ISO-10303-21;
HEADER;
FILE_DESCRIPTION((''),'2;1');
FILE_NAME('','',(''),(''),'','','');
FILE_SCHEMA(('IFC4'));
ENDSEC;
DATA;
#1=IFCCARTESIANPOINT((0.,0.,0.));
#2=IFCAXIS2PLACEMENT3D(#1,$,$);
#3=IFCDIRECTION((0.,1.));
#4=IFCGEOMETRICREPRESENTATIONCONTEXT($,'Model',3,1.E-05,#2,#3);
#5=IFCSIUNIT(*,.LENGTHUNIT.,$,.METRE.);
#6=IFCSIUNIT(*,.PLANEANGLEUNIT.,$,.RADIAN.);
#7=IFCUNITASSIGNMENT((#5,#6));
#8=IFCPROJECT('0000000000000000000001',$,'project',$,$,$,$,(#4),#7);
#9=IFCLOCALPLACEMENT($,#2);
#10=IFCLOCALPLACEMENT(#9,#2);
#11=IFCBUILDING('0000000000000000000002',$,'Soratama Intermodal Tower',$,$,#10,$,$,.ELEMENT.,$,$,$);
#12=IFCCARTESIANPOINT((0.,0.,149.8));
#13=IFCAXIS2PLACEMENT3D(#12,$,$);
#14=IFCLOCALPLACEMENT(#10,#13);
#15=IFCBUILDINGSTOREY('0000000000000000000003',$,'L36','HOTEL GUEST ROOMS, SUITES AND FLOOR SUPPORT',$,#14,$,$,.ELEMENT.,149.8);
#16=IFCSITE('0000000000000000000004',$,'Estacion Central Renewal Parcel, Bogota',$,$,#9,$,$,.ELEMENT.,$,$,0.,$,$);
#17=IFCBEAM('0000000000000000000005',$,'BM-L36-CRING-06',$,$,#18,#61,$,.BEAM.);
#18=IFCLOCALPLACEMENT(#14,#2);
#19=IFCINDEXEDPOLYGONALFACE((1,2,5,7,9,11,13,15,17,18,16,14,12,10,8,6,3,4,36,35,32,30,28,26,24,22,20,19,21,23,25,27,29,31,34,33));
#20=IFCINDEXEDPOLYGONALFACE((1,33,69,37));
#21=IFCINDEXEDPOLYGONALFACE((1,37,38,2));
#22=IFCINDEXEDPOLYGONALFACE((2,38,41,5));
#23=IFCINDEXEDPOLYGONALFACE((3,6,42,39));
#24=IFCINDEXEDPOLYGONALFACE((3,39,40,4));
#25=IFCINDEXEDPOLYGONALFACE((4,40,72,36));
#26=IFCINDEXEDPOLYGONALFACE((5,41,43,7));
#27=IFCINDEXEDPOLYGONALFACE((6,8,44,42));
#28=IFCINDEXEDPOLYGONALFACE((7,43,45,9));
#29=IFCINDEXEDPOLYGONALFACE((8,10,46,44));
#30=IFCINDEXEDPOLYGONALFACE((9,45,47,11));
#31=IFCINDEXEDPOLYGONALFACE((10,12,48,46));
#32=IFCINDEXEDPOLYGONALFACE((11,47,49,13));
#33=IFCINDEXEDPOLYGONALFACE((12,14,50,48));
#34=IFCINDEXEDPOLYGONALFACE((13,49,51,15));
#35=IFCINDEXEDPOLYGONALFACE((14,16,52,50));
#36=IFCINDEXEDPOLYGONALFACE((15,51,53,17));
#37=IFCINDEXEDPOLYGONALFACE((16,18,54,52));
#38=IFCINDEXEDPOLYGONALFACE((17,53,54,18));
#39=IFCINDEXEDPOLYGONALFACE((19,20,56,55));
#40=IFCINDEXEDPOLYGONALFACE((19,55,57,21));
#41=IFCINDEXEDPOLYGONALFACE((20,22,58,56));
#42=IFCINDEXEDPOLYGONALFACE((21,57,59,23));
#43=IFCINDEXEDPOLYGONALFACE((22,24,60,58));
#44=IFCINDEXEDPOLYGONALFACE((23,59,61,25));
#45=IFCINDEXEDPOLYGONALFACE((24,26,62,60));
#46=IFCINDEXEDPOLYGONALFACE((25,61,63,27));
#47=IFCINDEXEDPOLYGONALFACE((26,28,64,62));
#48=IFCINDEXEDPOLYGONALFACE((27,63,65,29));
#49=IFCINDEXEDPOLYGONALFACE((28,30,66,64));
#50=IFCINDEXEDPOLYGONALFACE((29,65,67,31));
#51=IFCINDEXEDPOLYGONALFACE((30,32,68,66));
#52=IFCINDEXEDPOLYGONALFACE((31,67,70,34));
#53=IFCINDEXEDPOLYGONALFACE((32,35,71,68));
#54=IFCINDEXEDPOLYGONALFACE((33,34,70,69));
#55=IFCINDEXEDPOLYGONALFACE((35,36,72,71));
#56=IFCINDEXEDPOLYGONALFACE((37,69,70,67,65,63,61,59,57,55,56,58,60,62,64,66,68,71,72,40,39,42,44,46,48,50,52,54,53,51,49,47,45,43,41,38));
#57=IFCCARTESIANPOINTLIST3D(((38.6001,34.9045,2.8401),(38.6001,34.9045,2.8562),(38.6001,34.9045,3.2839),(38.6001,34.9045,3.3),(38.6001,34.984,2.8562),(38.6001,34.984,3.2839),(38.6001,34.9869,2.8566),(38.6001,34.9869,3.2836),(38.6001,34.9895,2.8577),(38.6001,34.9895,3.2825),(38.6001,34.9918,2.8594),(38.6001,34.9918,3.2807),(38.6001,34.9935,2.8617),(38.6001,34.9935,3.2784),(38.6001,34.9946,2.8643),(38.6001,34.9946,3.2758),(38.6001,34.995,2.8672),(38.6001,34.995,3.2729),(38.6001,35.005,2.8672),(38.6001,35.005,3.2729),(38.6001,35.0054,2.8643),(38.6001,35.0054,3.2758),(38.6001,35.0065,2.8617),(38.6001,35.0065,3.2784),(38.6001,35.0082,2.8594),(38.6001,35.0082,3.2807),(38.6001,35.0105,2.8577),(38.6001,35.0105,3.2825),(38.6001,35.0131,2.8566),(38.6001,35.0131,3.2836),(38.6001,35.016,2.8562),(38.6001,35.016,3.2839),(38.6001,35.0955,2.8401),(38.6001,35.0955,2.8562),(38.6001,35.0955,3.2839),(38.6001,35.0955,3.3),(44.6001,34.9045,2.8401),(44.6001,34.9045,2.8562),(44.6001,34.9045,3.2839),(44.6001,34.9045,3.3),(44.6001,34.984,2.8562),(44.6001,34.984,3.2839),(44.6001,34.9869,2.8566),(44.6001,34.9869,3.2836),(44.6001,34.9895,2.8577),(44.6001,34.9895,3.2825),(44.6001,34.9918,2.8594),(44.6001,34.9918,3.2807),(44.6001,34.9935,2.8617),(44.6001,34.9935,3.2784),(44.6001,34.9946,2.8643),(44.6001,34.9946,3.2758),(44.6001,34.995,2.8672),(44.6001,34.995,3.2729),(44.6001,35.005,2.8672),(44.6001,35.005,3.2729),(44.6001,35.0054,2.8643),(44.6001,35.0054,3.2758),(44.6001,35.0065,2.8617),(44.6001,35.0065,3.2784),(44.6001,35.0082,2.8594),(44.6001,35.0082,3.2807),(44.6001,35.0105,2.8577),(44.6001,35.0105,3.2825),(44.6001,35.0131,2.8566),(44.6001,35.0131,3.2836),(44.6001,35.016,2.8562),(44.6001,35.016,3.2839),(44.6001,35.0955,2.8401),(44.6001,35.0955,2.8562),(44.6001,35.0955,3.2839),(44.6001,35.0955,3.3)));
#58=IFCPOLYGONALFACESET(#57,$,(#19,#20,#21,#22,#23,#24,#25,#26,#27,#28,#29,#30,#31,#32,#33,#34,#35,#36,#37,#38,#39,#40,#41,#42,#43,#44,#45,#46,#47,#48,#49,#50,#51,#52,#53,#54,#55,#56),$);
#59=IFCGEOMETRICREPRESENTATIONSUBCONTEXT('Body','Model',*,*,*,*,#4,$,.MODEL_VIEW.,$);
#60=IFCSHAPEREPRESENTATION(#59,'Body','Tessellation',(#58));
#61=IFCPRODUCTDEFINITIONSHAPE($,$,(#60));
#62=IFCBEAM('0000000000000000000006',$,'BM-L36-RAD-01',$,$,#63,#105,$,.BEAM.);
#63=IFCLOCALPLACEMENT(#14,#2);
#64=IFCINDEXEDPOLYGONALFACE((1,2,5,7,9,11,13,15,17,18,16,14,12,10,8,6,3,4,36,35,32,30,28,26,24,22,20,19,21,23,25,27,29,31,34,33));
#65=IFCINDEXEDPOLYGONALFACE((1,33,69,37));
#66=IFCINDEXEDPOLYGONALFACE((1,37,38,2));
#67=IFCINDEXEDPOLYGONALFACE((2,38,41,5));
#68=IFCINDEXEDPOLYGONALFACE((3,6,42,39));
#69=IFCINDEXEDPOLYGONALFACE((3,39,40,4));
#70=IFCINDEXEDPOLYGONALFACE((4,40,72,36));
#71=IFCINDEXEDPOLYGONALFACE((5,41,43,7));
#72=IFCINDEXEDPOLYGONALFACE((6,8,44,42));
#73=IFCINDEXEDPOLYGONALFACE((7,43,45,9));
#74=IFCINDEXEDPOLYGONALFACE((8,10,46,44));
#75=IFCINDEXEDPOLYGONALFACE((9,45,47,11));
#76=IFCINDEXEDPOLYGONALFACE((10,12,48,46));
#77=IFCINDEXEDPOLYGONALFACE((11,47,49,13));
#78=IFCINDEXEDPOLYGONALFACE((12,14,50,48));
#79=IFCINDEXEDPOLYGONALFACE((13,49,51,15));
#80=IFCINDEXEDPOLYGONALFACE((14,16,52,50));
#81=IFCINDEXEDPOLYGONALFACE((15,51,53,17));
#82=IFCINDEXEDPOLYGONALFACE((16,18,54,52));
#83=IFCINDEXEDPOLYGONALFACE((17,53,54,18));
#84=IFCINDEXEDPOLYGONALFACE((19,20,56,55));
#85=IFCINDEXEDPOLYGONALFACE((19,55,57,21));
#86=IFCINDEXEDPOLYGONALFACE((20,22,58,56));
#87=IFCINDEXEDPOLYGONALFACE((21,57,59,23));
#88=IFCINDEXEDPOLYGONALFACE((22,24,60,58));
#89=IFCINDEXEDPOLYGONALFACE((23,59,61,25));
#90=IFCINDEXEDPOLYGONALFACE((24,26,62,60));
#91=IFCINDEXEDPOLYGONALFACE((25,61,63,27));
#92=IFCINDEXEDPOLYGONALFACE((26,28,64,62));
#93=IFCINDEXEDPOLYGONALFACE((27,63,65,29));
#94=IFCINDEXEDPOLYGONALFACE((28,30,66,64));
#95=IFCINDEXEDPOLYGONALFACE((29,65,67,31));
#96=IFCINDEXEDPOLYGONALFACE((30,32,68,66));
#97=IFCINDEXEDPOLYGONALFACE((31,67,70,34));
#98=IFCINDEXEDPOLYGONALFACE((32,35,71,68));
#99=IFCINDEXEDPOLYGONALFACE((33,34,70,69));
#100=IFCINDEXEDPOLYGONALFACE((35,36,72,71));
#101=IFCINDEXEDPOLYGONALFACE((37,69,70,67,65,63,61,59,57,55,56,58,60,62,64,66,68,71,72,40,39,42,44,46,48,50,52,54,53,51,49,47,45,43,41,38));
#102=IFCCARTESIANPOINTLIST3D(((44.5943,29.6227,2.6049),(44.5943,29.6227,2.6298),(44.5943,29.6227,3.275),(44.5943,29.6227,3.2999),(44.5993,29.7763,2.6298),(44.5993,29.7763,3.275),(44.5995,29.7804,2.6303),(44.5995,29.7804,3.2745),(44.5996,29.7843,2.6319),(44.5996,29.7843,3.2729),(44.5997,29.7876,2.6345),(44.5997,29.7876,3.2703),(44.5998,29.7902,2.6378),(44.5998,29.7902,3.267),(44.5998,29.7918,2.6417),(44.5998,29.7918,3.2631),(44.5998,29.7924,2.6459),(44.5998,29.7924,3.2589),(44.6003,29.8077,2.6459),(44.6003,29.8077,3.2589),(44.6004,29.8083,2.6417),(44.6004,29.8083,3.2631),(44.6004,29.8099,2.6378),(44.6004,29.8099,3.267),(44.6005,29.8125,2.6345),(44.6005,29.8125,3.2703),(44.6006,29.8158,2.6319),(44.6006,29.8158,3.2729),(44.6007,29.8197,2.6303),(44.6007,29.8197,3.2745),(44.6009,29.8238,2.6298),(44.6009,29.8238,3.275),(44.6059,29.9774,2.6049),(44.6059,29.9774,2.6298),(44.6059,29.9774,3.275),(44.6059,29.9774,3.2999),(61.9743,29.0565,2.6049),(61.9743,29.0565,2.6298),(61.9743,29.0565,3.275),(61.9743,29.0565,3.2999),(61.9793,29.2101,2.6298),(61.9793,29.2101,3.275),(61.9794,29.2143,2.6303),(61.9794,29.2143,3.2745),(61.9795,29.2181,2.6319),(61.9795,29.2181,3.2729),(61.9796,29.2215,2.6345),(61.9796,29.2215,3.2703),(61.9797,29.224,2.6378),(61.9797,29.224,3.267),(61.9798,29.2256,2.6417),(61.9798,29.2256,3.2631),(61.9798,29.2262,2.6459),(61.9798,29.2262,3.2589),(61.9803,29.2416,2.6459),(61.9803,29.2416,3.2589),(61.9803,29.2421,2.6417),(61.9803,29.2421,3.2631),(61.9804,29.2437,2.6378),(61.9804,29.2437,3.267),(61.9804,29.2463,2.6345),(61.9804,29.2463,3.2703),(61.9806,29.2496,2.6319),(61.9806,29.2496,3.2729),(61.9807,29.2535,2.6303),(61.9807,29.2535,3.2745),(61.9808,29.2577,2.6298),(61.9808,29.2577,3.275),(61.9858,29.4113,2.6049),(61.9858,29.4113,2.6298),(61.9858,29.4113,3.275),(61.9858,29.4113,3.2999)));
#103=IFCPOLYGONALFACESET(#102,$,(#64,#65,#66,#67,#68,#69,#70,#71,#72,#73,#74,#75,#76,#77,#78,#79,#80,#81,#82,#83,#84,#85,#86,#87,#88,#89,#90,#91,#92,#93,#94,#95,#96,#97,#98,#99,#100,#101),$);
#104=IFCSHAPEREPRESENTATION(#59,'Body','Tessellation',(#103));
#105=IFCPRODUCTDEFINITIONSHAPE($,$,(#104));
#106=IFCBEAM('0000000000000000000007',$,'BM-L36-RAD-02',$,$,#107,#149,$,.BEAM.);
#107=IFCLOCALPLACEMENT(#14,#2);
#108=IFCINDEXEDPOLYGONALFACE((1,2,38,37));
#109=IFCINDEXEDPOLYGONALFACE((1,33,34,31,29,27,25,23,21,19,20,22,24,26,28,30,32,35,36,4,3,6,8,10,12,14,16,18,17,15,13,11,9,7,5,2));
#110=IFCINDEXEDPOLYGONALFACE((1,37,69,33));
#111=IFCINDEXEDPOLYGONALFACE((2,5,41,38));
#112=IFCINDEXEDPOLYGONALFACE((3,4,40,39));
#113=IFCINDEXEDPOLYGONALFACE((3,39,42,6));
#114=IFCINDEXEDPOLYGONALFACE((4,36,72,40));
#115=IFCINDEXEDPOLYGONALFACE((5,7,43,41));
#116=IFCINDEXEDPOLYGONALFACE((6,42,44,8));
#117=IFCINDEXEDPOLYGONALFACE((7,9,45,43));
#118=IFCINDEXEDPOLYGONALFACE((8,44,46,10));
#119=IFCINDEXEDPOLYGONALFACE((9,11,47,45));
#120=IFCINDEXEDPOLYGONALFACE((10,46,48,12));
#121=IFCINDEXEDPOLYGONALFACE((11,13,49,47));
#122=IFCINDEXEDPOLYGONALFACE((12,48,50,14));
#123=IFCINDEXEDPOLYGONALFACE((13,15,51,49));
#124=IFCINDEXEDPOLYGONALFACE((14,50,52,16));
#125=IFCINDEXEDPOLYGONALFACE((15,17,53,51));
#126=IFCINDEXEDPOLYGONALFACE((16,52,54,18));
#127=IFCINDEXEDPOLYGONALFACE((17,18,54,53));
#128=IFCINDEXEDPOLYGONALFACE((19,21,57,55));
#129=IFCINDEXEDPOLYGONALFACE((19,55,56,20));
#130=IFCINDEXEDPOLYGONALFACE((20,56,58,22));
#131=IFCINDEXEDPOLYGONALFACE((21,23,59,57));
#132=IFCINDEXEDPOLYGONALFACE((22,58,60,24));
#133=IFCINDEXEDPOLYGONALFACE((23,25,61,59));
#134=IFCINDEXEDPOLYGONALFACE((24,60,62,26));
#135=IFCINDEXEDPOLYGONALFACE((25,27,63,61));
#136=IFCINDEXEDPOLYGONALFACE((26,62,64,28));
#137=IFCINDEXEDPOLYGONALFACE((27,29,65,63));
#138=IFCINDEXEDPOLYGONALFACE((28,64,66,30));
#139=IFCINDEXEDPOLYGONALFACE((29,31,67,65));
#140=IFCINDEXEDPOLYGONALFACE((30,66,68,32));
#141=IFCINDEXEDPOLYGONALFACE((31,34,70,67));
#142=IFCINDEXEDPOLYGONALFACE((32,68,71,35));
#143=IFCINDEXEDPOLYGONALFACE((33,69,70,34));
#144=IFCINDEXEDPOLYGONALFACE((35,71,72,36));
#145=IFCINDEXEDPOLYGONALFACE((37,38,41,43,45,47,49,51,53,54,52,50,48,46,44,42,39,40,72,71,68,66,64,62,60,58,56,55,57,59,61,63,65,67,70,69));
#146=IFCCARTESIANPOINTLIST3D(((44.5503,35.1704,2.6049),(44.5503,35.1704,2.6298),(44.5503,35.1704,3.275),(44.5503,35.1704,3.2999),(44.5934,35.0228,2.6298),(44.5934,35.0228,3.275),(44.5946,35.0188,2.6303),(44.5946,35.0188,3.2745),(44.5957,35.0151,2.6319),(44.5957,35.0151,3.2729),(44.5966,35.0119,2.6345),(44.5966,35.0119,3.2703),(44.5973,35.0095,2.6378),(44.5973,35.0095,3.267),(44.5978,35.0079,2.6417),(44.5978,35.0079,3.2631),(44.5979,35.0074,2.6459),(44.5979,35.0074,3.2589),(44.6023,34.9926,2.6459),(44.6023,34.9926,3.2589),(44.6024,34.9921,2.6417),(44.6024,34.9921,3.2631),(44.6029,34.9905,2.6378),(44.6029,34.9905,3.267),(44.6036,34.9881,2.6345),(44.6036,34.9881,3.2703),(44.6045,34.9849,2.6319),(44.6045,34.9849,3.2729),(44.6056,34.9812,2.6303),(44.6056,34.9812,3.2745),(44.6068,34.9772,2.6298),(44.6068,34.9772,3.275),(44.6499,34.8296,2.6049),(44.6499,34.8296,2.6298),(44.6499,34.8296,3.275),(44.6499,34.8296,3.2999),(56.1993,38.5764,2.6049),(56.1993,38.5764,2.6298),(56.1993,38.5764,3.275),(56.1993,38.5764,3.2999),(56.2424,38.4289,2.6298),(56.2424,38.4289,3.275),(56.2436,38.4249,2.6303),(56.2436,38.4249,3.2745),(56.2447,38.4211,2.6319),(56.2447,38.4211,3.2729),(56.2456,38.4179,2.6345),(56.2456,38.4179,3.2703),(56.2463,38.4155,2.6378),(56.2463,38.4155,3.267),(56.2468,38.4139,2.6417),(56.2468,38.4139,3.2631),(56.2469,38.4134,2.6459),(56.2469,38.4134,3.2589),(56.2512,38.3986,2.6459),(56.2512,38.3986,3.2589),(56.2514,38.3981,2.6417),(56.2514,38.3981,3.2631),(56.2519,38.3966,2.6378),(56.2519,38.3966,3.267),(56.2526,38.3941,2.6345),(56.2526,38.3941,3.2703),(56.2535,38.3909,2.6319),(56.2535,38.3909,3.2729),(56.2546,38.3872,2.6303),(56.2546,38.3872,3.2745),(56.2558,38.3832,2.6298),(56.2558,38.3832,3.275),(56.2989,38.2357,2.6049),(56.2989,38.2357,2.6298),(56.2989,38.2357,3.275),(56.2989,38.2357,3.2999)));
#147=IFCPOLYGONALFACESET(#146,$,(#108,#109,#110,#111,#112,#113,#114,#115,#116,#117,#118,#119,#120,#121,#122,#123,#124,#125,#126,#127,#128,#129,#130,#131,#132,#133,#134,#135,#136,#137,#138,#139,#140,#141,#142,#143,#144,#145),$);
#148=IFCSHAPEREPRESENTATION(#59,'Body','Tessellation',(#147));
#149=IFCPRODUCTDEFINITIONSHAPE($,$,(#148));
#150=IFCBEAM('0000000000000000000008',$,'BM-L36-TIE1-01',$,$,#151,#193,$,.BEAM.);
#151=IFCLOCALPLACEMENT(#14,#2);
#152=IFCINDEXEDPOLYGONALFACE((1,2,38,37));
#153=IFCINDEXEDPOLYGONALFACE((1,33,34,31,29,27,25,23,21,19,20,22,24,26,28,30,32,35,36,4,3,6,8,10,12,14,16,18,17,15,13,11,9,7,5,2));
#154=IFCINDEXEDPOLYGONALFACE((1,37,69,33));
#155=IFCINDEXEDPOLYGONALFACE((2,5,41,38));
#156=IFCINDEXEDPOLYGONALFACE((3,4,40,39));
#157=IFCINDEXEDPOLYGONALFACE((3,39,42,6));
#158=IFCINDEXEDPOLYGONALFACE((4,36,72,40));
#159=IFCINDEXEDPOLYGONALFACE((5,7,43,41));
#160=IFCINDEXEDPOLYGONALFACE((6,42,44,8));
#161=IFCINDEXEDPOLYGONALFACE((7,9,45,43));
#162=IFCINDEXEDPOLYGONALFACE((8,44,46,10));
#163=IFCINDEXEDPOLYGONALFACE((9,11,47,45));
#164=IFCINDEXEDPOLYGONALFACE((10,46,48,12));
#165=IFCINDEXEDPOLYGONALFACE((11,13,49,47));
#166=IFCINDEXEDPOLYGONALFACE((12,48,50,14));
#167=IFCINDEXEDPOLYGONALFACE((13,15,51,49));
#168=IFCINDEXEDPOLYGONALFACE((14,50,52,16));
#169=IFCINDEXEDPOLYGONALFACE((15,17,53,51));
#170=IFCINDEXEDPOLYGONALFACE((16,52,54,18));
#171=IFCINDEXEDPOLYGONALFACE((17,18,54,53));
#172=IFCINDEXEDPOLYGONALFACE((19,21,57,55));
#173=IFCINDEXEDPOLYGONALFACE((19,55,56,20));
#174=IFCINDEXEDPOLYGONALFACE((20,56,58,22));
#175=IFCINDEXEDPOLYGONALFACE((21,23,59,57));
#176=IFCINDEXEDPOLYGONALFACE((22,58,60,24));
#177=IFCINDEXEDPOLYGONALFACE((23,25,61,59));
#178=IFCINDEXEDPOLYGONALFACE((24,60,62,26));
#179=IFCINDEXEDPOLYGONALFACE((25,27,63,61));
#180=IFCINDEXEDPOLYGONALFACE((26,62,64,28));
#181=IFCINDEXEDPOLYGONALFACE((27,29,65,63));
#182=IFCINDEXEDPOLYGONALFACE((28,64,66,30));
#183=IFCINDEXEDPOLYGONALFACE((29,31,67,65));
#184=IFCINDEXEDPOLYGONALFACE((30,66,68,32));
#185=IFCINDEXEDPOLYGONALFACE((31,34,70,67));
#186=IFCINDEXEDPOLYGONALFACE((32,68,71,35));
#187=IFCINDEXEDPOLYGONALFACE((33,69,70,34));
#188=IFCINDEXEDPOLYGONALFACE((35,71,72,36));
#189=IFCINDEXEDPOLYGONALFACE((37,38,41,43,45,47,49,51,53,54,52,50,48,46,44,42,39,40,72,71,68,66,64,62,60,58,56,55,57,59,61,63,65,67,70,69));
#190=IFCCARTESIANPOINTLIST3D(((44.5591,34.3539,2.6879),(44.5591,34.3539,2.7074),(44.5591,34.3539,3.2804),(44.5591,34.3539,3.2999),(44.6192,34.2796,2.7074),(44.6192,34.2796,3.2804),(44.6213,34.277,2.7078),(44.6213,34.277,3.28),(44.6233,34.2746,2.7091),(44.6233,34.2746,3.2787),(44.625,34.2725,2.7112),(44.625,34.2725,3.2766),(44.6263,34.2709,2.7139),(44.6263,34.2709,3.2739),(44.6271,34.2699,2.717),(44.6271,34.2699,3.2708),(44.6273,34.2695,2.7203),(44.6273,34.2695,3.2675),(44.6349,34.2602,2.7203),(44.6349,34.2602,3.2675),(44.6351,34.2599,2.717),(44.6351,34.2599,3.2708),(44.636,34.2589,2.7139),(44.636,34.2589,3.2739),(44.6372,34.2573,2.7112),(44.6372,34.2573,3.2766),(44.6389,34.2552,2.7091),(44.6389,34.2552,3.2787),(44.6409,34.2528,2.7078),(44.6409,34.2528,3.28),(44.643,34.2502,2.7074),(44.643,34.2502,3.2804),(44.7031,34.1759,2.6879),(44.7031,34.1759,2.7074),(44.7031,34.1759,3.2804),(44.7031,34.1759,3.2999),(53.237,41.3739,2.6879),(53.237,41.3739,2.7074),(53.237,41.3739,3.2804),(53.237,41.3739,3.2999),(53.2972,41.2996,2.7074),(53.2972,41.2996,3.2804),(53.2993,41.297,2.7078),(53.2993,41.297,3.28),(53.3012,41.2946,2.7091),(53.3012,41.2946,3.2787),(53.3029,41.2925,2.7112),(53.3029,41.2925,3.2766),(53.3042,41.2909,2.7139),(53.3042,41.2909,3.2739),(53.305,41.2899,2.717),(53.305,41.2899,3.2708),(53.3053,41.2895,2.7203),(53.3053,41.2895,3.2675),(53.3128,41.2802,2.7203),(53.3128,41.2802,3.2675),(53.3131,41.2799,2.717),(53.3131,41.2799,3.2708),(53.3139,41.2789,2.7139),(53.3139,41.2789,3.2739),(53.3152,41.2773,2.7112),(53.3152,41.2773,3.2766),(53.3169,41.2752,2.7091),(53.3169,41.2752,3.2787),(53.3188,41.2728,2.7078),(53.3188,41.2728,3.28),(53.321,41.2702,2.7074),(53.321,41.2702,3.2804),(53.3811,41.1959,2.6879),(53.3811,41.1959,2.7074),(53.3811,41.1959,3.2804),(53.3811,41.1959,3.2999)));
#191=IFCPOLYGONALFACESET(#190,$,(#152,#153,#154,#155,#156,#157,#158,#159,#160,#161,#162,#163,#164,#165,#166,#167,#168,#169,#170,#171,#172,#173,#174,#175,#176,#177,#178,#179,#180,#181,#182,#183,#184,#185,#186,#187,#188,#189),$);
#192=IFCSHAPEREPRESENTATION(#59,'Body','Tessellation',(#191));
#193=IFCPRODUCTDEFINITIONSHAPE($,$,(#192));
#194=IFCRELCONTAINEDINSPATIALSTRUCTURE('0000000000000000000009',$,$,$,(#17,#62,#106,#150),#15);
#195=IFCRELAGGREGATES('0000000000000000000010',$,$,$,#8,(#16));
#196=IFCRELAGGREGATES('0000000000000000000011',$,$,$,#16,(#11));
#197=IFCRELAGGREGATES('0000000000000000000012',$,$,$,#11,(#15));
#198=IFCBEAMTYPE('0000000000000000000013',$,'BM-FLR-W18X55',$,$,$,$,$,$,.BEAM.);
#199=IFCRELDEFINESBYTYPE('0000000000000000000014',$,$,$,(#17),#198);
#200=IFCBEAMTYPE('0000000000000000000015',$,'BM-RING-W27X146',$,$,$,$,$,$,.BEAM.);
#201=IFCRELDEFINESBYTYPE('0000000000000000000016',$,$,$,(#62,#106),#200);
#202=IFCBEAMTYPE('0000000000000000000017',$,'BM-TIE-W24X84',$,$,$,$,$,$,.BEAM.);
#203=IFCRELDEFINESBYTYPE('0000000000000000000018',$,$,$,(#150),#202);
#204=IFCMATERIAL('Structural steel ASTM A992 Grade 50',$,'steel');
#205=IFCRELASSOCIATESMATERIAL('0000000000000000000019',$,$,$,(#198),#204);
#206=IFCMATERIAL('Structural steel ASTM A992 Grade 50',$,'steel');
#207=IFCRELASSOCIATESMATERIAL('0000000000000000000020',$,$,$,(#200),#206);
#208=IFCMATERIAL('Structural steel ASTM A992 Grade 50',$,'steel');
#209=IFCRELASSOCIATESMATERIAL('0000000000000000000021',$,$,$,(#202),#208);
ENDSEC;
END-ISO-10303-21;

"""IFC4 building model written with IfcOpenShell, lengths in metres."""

from ifc_helpers import new_model, si_unit, direction, frame, origin, origin_2d, place, context, subcontext, project, spatial, i_section, extrude, material, material_profile, profile_set, type_object, element, save


model = new_model("IFC4")

# Units and contexts
model_context = context("Model", 3, precision=1e-05, world=origin(), true_north=direction((0.0, 1.0)))
body_context = subcontext(model_context, "Body", "Model", "MODEL_VIEW")
ifc_project = project(units=[si_unit("LENGTHUNIT", "METRE"), si_unit("PLANEANGLEUNIT", "RADIAN")], contexts=[model_context])

# Site, building, storey
site_placement = place(None, origin())
site = spatial("IfcSite", under=ifc_project, at=site_placement, Name="Estacion Central Renewal Parcel, Bogota", CompositionType="ELEMENT", RefElevation=0.0)
building_placement = place(site_placement, origin())
building = spatial("IfcBuilding", under=site, at=building_placement, Name="Soratama Intermodal Tower", CompositionType="ELEMENT")
storey_placement = place(building_placement, frame((0.0, 0.0, 149.8)))
storey = spatial("IfcBuildingStorey", under=building, at=storey_placement, Name="L36", Description="HOTEL GUEST ROOMS, SUITES AND FLOOR SUPPORT", CompositionType="ELEMENT", Elevation=149.8)

# Beams
ifc_material_1 = material(Name="Structural steel ASTM A992 Grade 50", Category="steel")
ifc_material_profile_1 = material_profile(ifc_material_1, i_section(OverallWidth=0.1909, OverallDepth=0.46, WebThickness=0.01, FlangeThickness=0.0161, FilletRadius=0.011, at=origin_2d()), Name="W18X55")
ifc_profile_set_1 = profile_set([ifc_material_profile_1], Name="Structural steel ASTM A992 Grade 50")
beam_type_1 = type_object("IfcBeamType", Name="BM-FLR-W18X55", PredefinedType="BEAM", material=ifc_profile_set_1)
beam_1_placement = place(storey_placement, frame((44.6001, 35.0, 3.0701), z_axis=(-1.0, 0.0, 0.0), x_axis=(0.0, -1.0, 0.0)))
element("IfcBeam", 1, at=beam_1_placement, inside=storey, type_object=beam_type_1, Name="BM-L36-CRING-06", PredefinedType="BEAM", context=body_context, shape_type="SweptSolid", body=[
    extrude(i_section(OverallWidth=0.1909, OverallDepth=0.46, WebThickness=0.01, FlangeThickness=0.0161, FilletRadius=0.011, at=origin_2d()), origin(), (0.0, 0.0, 1.0), 6.0),
])
ifc_material_2 = material(Name="Structural steel ASTM A992 Grade 50", Category="steel")
ifc_material_profile_2 = material_profile(ifc_material_2, i_section(OverallWidth=0.355, OverallDepth=0.6951, WebThickness=0.0154, FlangeThickness=0.0249, FilletRadius=0.0161, at=origin_2d()), Name="W27X146")
ifc_profile_set_2 = profile_set([ifc_material_profile_2], Name="Structural steel ASTM A992 Grade 50")
beam_type_2 = type_object("IfcBeamType", Name="BM-RING-W27X146", PredefinedType="BEAM", material=ifc_profile_set_2)
beam_2_placement = place(storey_placement, frame((44.6001, 29.8, 2.9524), z_axis=(0.99947, -0.032558, 0.0), x_axis=(0.032558, 0.99947, 0.0)))
element("IfcBeam", 2, at=beam_2_placement, inside=storey, type_object=beam_type_2, Name="BM-L36-RAD-01", PredefinedType="BEAM", context=body_context, shape_type="SweptSolid", body=[
    extrude(i_section(OverallWidth=0.355, OverallDepth=0.6951, WebThickness=0.0154, FlangeThickness=0.0249, FilletRadius=0.0161, at=origin_2d()), origin(), (0.0, 0.0, 1.0), 17.3892),
])
beam_3_placement = place(storey_placement, frame((44.6001, 35.0, 2.9524), z_axis=(0.959814, 0.280638, 0.0), x_axis=(-0.280638, 0.959814, 0.0)))
element("IfcBeam", 3, at=beam_3_placement, inside=storey, type_object=beam_type_2, Name="BM-L36-RAD-02", PredefinedType="BEAM", context=body_context, shape_type="SweptSolid", body=[
    extrude(i_section(OverallWidth=0.355, OverallDepth=0.6951, WebThickness=0.0154, FlangeThickness=0.0249, FilletRadius=0.0161, at=origin_2d()), origin(), (0.0, 0.0, 1.0), 12.1367),
])
ifc_material_3 = material(Name="Structural steel ASTM A992 Grade 50", Category="steel")
ifc_material_profile_3 = material_profile(ifc_material_3, i_section(OverallWidth=0.229, OverallDepth=0.6121, WebThickness=0.012, FlangeThickness=0.0195, FilletRadius=0.0129, at=origin_2d()), Name="W24X84")
ifc_profile_set_3 = profile_set([ifc_material_profile_3], Name="Structural steel ASTM A992 Grade 50")
beam_type_3 = type_object("IfcBeamType", Name="BM-TIE-W24X84", PredefinedType="BEAM", material=ifc_profile_set_3)
beam_4_placement = place(storey_placement, frame((44.6311, 34.2649, 2.9939), z_axis=(0.777464, 0.628927, 0.0), x_axis=(-0.628927, 0.777464, 0.0)))
element("IfcBeam", 4, at=beam_4_placement, inside=storey, type_object=beam_type_3, Name="BM-L36-TIE1-01", PredefinedType="BEAM", context=body_context, shape_type="SweptSolid", body=[
    extrude(i_section(OverallWidth=0.229, OverallDepth=0.6121, WebThickness=0.012, FlangeThickness=0.0195, FilletRadius=0.0129, at=origin_2d()), origin(), (0.0, 0.0, 1.0), 11.1619),
])

save(model, "model.ifc")
